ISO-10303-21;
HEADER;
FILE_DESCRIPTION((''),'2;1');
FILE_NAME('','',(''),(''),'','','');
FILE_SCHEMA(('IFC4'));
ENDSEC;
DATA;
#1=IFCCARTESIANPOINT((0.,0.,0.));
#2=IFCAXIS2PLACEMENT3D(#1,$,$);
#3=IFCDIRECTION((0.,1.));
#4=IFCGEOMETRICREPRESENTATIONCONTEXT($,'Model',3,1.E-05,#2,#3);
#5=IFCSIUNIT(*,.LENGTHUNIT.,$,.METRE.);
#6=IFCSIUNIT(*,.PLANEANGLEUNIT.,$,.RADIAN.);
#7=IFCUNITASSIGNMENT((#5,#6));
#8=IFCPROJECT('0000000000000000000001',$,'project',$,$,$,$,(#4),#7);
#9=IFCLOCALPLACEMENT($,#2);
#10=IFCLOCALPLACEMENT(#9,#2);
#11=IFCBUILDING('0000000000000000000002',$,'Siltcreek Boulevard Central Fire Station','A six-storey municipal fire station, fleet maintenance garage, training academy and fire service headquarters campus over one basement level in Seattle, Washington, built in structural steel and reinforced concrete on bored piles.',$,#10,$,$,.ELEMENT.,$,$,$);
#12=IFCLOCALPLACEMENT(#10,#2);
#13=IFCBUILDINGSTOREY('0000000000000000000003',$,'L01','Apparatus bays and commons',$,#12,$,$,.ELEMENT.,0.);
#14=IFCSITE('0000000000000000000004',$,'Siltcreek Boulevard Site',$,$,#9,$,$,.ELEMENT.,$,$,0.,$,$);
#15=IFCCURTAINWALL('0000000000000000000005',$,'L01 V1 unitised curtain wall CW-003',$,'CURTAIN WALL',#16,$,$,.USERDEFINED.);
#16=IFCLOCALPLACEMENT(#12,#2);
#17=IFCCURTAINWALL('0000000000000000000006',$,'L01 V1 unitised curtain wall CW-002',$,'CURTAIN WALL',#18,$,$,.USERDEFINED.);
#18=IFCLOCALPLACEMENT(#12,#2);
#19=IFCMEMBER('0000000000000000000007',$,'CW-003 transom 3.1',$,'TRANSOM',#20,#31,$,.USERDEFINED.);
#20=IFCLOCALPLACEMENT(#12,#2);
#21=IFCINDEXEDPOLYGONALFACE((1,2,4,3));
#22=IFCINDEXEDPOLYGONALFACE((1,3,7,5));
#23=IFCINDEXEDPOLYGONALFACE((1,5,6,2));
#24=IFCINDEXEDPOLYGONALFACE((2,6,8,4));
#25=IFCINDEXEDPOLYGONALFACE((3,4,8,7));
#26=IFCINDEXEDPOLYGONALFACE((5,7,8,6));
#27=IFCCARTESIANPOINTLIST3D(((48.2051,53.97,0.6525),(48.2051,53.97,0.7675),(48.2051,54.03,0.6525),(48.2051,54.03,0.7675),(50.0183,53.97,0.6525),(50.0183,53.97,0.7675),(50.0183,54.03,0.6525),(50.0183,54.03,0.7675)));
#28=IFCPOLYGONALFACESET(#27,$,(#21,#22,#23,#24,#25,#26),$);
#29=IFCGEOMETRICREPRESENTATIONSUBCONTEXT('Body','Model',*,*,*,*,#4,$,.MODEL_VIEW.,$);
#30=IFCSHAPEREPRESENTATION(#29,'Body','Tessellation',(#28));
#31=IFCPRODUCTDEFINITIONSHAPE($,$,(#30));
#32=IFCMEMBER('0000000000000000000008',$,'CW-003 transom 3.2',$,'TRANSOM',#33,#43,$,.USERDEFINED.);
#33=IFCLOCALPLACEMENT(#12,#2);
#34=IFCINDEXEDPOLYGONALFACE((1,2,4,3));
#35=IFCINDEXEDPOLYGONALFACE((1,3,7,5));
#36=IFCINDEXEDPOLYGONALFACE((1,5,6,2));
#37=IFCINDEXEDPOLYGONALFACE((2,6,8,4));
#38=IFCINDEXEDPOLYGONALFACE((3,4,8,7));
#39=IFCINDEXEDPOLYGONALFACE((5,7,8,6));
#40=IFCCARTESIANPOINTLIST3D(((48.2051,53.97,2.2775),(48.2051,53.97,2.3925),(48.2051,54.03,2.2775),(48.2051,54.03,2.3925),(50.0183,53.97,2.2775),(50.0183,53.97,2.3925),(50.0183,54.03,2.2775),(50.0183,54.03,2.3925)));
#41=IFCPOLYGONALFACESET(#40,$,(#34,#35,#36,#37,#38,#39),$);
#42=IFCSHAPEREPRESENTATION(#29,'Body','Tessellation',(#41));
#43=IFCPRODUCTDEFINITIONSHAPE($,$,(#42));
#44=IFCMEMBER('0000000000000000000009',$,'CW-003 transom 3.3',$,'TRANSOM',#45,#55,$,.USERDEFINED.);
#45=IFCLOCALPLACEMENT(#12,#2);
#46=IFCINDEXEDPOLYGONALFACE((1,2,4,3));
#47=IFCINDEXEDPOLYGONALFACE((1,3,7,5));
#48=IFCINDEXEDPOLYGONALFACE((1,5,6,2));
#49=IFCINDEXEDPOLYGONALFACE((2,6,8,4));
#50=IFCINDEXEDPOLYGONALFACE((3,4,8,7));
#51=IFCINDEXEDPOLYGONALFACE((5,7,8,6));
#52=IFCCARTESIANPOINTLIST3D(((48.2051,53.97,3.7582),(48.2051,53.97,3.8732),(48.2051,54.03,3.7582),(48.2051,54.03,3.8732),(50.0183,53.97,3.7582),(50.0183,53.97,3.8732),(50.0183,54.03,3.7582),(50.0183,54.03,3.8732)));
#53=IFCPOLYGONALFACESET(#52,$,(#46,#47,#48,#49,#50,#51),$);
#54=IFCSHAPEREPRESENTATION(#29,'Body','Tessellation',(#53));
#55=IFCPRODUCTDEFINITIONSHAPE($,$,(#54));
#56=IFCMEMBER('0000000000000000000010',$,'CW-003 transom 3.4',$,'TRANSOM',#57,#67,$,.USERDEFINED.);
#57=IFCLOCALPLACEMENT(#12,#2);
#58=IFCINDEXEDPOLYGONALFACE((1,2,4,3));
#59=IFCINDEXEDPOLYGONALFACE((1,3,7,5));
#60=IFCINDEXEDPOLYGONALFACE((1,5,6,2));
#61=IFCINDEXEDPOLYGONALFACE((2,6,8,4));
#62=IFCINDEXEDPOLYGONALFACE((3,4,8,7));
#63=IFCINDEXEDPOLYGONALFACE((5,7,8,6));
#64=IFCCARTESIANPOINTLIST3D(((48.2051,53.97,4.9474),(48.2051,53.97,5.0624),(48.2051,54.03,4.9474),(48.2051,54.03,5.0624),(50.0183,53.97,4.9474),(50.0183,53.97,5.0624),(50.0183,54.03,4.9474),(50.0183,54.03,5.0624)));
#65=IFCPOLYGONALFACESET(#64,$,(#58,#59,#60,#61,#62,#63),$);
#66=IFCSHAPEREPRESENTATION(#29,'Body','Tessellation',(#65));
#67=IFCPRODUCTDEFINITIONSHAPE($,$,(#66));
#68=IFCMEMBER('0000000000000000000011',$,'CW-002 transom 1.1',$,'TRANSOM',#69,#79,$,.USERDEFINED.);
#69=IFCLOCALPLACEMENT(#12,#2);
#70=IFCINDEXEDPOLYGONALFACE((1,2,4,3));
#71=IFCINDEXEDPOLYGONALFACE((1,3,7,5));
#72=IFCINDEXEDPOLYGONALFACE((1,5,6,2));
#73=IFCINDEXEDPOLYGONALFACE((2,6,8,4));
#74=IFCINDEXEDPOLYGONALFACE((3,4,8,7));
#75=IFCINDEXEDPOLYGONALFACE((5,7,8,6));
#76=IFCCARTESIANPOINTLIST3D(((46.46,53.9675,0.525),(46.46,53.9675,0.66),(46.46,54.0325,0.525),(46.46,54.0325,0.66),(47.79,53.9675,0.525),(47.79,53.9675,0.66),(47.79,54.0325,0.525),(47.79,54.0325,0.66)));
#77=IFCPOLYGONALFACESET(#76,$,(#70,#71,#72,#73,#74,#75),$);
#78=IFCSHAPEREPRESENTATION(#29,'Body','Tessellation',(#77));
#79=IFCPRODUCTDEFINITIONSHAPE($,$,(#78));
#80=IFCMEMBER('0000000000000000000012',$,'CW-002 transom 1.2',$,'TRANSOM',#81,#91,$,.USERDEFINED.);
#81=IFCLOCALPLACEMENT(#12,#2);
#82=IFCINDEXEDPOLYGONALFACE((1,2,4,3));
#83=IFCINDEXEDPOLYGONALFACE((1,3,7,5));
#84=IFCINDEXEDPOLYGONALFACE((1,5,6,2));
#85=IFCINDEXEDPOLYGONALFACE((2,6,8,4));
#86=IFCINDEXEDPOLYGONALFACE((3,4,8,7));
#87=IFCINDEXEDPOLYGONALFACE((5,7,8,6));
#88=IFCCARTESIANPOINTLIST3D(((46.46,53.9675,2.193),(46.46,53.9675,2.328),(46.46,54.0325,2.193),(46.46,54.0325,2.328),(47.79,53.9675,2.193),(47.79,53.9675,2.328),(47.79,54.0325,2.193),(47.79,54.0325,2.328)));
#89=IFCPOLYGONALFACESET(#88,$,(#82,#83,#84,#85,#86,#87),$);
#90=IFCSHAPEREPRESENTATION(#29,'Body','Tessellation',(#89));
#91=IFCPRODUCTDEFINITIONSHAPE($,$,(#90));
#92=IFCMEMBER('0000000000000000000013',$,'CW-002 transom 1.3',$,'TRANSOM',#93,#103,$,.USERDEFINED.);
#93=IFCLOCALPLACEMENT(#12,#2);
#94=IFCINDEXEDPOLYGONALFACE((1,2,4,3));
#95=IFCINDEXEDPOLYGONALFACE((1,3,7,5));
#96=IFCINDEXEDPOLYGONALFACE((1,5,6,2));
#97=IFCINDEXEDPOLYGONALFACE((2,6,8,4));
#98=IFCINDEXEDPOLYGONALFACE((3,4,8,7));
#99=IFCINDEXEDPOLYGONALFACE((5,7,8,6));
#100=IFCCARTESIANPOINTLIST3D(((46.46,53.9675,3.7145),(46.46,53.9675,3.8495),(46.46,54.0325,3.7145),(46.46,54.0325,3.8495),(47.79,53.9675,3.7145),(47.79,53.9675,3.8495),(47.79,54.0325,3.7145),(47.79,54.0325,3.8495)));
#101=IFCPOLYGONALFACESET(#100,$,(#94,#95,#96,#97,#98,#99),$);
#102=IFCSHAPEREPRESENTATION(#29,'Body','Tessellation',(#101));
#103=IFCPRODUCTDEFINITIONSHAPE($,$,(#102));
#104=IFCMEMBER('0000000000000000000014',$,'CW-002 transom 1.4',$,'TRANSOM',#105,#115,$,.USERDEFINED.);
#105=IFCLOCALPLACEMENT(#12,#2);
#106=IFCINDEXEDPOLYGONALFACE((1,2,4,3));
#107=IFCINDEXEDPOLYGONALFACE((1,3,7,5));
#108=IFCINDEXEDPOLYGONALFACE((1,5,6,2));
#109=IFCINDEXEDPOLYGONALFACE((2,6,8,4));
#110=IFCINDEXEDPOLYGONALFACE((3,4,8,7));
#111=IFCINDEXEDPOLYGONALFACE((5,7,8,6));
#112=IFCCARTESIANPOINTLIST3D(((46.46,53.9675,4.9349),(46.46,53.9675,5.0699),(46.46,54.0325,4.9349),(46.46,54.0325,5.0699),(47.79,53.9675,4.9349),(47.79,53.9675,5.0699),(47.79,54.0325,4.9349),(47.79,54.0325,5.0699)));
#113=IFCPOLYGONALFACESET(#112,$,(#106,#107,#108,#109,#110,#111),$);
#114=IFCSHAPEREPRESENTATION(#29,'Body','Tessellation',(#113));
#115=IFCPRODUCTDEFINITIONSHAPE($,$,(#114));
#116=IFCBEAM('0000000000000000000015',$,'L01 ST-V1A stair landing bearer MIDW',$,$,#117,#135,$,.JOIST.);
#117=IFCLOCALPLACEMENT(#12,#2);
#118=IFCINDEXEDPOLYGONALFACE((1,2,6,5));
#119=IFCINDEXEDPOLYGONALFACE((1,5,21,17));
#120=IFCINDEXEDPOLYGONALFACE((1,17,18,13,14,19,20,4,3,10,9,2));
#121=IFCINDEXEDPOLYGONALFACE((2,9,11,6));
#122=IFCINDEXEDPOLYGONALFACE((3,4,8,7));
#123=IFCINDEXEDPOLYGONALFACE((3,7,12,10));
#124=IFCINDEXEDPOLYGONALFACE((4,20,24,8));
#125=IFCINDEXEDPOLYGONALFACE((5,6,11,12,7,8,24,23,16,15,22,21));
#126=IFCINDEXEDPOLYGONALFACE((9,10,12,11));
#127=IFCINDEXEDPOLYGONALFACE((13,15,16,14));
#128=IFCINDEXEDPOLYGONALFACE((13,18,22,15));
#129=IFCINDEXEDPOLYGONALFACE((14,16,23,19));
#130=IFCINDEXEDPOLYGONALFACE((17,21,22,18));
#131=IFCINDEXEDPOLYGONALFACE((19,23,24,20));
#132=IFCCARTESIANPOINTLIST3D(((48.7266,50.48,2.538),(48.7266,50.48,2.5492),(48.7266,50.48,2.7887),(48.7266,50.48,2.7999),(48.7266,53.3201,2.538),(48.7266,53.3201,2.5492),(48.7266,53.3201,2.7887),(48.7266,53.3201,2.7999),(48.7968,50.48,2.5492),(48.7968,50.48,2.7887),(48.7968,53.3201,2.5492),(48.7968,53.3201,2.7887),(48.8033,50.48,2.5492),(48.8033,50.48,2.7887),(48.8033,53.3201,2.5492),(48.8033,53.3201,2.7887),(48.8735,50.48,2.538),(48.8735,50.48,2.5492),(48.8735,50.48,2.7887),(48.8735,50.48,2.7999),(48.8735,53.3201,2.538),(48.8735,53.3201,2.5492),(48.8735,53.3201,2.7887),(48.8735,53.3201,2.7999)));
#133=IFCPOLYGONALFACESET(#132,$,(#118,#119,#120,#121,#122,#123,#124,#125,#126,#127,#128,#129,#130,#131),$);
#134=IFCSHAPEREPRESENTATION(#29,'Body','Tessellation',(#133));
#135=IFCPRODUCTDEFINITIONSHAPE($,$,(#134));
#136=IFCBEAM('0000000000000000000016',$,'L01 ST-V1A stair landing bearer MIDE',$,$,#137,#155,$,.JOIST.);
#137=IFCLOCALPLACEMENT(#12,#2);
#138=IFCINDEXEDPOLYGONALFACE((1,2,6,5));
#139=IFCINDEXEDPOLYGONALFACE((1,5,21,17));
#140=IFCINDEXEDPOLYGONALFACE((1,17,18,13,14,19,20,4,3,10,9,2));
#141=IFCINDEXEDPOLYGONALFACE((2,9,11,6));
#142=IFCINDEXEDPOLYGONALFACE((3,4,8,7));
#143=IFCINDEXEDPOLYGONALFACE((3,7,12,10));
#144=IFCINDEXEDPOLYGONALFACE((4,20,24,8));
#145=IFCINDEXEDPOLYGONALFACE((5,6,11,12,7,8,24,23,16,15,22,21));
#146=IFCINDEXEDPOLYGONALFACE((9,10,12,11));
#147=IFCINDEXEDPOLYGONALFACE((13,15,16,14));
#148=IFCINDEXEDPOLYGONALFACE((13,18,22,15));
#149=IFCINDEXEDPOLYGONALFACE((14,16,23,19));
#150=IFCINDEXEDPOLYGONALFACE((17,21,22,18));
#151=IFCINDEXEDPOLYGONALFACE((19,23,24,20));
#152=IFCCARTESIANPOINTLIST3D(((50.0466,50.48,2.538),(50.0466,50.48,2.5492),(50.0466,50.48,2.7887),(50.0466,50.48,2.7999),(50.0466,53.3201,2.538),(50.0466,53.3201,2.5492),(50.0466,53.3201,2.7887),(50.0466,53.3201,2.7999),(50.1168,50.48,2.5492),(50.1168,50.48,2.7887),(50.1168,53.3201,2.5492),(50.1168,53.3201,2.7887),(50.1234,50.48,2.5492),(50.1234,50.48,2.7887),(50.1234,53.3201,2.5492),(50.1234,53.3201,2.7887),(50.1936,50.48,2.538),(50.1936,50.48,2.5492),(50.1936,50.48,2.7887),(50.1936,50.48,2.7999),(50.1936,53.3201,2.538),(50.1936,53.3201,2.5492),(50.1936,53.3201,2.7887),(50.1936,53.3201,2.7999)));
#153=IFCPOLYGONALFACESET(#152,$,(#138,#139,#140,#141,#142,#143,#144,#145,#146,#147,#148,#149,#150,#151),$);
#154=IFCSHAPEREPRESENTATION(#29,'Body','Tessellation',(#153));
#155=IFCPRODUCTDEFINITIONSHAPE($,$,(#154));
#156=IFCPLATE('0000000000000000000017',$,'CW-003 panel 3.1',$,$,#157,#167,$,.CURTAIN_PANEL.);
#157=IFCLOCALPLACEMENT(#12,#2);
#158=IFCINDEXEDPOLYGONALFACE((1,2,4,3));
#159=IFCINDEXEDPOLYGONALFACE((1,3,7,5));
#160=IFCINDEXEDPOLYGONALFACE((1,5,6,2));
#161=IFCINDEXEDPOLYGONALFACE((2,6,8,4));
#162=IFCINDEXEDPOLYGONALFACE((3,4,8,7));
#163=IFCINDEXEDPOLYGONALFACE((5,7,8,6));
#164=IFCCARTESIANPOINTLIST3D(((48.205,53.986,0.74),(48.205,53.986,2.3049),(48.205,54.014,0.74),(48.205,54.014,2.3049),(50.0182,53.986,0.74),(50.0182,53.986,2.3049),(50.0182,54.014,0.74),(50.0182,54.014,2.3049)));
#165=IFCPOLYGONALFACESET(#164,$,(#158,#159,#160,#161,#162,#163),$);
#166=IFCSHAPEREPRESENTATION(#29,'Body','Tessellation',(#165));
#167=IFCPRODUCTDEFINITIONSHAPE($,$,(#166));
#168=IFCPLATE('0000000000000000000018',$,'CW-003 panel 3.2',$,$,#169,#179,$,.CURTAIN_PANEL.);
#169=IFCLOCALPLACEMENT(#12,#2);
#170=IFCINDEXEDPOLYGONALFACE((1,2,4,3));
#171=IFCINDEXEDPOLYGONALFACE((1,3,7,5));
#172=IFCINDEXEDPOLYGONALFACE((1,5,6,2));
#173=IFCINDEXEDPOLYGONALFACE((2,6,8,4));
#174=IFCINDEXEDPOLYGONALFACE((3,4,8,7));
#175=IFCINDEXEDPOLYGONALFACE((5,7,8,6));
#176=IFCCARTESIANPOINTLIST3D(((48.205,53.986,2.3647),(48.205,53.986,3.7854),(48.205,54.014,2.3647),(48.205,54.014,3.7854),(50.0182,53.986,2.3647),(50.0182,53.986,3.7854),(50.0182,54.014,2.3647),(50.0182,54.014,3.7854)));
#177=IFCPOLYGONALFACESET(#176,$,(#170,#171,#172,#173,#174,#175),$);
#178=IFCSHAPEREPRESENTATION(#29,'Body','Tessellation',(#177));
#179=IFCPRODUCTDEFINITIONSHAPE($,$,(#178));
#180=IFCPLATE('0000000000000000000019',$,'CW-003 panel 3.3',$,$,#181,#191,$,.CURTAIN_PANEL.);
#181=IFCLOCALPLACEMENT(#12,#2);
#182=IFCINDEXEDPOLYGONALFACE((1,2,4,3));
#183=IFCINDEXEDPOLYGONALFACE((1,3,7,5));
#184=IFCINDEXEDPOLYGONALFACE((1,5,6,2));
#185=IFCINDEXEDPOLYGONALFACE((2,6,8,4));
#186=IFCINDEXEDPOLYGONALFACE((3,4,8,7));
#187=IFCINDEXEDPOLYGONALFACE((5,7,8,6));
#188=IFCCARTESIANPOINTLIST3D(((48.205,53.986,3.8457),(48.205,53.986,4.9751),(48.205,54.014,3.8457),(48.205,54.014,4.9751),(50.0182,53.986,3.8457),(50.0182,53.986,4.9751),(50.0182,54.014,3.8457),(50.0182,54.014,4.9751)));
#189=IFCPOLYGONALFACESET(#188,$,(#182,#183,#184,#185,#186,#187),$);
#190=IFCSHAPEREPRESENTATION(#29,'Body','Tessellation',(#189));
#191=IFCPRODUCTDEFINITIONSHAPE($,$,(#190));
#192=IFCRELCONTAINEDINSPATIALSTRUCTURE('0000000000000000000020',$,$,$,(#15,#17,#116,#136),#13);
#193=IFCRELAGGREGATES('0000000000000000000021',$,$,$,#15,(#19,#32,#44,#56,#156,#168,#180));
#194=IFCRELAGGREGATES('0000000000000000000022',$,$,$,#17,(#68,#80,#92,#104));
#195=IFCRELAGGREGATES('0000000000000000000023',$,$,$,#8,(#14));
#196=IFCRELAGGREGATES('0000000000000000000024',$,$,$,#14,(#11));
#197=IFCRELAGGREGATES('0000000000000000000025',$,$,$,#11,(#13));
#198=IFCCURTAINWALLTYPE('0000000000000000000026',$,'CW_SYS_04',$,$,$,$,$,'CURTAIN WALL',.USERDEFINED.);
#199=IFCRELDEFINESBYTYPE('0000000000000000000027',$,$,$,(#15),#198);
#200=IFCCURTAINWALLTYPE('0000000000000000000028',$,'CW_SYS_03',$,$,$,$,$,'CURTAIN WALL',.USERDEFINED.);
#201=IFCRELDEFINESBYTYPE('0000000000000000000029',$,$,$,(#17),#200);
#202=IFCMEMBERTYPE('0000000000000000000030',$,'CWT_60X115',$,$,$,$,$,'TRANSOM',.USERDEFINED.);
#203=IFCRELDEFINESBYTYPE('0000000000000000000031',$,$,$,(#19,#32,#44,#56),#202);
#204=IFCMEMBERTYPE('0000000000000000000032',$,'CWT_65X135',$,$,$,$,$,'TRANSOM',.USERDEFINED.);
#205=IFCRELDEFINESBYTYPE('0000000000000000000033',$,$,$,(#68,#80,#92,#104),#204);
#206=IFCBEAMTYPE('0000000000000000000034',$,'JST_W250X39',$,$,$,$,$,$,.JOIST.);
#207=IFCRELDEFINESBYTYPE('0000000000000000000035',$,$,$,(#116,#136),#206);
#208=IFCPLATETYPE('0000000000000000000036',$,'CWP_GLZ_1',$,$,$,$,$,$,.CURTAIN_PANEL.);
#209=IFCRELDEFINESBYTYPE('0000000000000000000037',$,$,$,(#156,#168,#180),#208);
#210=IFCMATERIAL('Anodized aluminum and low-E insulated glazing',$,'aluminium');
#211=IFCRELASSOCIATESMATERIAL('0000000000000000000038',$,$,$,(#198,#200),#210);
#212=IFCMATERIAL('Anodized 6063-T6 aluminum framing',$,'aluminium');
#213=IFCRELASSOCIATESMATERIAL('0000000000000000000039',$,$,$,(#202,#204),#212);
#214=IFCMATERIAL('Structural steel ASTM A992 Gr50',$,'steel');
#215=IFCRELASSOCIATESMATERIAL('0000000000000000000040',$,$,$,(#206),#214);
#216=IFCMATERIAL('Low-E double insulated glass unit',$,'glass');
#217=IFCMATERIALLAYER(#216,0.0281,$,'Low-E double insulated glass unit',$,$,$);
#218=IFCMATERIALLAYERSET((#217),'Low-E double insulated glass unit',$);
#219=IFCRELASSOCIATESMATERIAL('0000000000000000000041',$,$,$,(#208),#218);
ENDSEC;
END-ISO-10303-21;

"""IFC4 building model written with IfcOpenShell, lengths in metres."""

from ifc_helpers import new_model, si_unit, direction, frame, origin, origin_2d, place, context, subcontext, project, spatial, rectangle, i_section, extrude, material, layer, layer_set, material_profile, profile_set, type_object, element, aggregate, save


model = new_model("IFC4")

# Units and contexts
model_context = context("Model", 3, precision=1e-05, world=origin(), true_north=direction((0.0, 1.0)))
body_context = subcontext(model_context, "Body", "Model", "MODEL_VIEW")
ifc_project = project(units=[si_unit("LENGTHUNIT", "METRE"), si_unit("PLANEANGLEUNIT", "RADIAN")], contexts=[model_context])

# Site, building, storey
site_placement = place(None, origin())
site = spatial("IfcSite", under=ifc_project, at=site_placement, Name="Siltcreek Boulevard Site", CompositionType="ELEMENT", RefElevation=0.0)
building_placement = place(site_placement, origin())
building = spatial("IfcBuilding", under=site, at=building_placement, Name="Siltcreek Boulevard Central Fire Station", Description="A six-storey municipal fire station, fleet maintenance garage, training academy and fire service headquarters campus over one basement level in Seattle, Washington, built in structural steel and reinforced concrete on bored piles.", CompositionType="ELEMENT")
storey_placement = place(building_placement, origin())
storey = spatial("IfcBuildingStorey", under=building, at=storey_placement, Name="L01", Description="Apparatus bays and commons", CompositionType="ELEMENT", Elevation=0.0)

# Shared definitions
ifc_material_1 = material(Name="Structural steel ASTM A992 Gr50", Category="steel")

# Curtain wall
ifc_material_2 = material(Name="Anodized aluminum and low-E insulated glazing", Category="aluminium")
curtain_wall_type_1 = type_object("IfcCurtainWallType", Name="CW_SYS_04", ElementType="CURTAIN WALL", PredefinedType="USERDEFINED", material=ifc_material_2)
curtain_wall_1_placement = place(storey_placement, origin())
curtain_wall_1 = element("IfcCurtainWall", 1, at=curtain_wall_1_placement, inside=storey, type_object=curtain_wall_type_1, Name="L01 V1 unitised curtain wall CW-003", ObjectType="CURTAIN WALL", PredefinedType="USERDEFINED")
ifc_material_3 = material(Name="Anodized 6063-T6 aluminum framing", Category="aluminium")

# Curtain wall
curtain_wall_type_2 = type_object("IfcCurtainWallType", Name="CW_SYS_03", ElementType="CURTAIN WALL", PredefinedType="USERDEFINED", material=ifc_material_2)
curtain_wall_2_placement = place(storey_placement, origin())
curtain_wall_2 = element("IfcCurtainWall", 2, at=curtain_wall_2_placement, inside=storey, type_object=curtain_wall_type_2, Name="L01 V1 unitised curtain wall CW-002", ObjectType="CURTAIN WALL", PredefinedType="USERDEFINED")

# Members
ifc_material_profile_1 = material_profile(ifc_material_3, rectangle(XDim=0.0601, YDim=0.115, at=origin_2d()), Name="TRAN60X115")
ifc_profile_set_1 = profile_set([ifc_material_profile_1], Name="Anodized 6063-T6 aluminum framing")
member_type_1 = type_object("IfcMemberType", Name="CWT_60X115", ElementType="TRANSOM", PredefinedType="USERDEFINED", material=ifc_profile_set_1)
member_1_placement = place(storey_placement, frame((50.0183, 54.0, 0.71), z_axis=(-1.0, 0.0, 0.0), x_axis=(0.0, -1.0, 0.0)))
member_1 = element("IfcMember", 3, at=member_1_placement, type_object=member_type_1, Name="CW-003 transom 3.1", ObjectType="TRANSOM", PredefinedType="USERDEFINED", context=body_context, shape_type="SweptSolid", body=[
    extrude(rectangle(XDim=0.0601, YDim=0.115, at=origin_2d()), origin(), (0.0, 0.0, 1.0), 1.8132),
])
member_2_placement = place(storey_placement, frame((50.0183, 54.0, 2.335), z_axis=(-1.0, 0.0, 0.0), x_axis=(0.0, -1.0, 0.0)))
member_2 = element("IfcMember", 4, at=member_2_placement, type_object=member_type_1, Name="CW-003 transom 3.2", ObjectType="TRANSOM", PredefinedType="USERDEFINED", context=body_context, shape_type="SweptSolid", body=[
    extrude(rectangle(XDim=0.0601, YDim=0.115, at=origin_2d()), origin(), (0.0, 0.0, 1.0), 1.8132),
])
member_3_placement = place(storey_placement, frame((50.0183, 54.0, 3.8157), z_axis=(-1.0, 0.0, 0.0), x_axis=(0.0, -1.0, 0.0)))
member_3 = element("IfcMember", 5, at=member_3_placement, type_object=member_type_1, Name="CW-003 transom 3.3", ObjectType="TRANSOM", PredefinedType="USERDEFINED", context=body_context, shape_type="SweptSolid", body=[
    extrude(rectangle(XDim=0.0601, YDim=0.115, at=origin_2d()), origin(), (0.0, 0.0, 1.0), 1.8132),
])
member_4_placement = place(storey_placement, frame((50.0183, 54.0, 5.0049), z_axis=(-1.0, 0.0, 0.0), x_axis=(0.0, -1.0, 0.0)))
member_4 = element("IfcMember", 6, at=member_4_placement, type_object=member_type_1, Name="CW-003 transom 3.4", ObjectType="TRANSOM", PredefinedType="USERDEFINED", context=body_context, shape_type="SweptSolid", body=[
    extrude(rectangle(XDim=0.0601, YDim=0.115, at=origin_2d()), origin(), (0.0, 0.0, 1.0), 1.8132),
])
ifc_material_profile_2 = material_profile(ifc_material_3, rectangle(XDim=0.0649, YDim=0.135, at=origin_2d()), Name="TRAN65X135")
ifc_profile_set_2 = profile_set([ifc_material_profile_2], Name="Anodized 6063-T6 aluminum framing")
member_type_2 = type_object("IfcMemberType", Name="CWT_65X135", ElementType="TRANSOM", PredefinedType="USERDEFINED", material=ifc_profile_set_2)
member_5_placement = place(storey_placement, frame((47.79, 54.0, 0.5925), z_axis=(-1.0, 0.0, 0.0), x_axis=(0.0, -1.0, 0.0)))
member_5 = element("IfcMember", 7, at=member_5_placement, type_object=member_type_2, Name="CW-002 transom 1.1", ObjectType="TRANSOM", PredefinedType="USERDEFINED", context=body_context, shape_type="SweptSolid", body=[
    extrude(rectangle(XDim=0.0649, YDim=0.135, at=origin_2d()), origin(), (0.0, 0.0, 1.0), 1.3301),
])
member_6_placement = place(storey_placement, frame((47.79, 54.0, 2.2605), z_axis=(-1.0, 0.0, 0.0), x_axis=(0.0, -1.0, 0.0)))
member_6 = element("IfcMember", 8, at=member_6_placement, type_object=member_type_2, Name="CW-002 transom 1.2", ObjectType="TRANSOM", PredefinedType="USERDEFINED", context=body_context, shape_type="SweptSolid", body=[
    extrude(rectangle(XDim=0.0649, YDim=0.135, at=origin_2d()), origin(), (0.0, 0.0, 1.0), 1.3301),
])
member_7_placement = place(storey_placement, frame((47.79, 54.0, 3.782), z_axis=(-1.0, 0.0, 0.0), x_axis=(0.0, -1.0, 0.0)))
member_7 = element("IfcMember", 9, at=member_7_placement, type_object=member_type_2, Name="CW-002 transom 1.3", ObjectType="TRANSOM", PredefinedType="USERDEFINED", context=body_context, shape_type="SweptSolid", body=[
    extrude(rectangle(XDim=0.0649, YDim=0.135, at=origin_2d()), origin(), (0.0, 0.0, 1.0), 1.3301),
])
member_8_placement = place(storey_placement, frame((47.79, 54.0, 5.0024), z_axis=(-1.0, 0.0, 0.0), x_axis=(0.0, -1.0, 0.0)))
member_8 = element("IfcMember", 10, at=member_8_placement, type_object=member_type_2, Name="CW-002 transom 1.4", ObjectType="TRANSOM", PredefinedType="USERDEFINED", context=body_context, shape_type="SweptSolid", body=[
    extrude(rectangle(XDim=0.0649, YDim=0.135, at=origin_2d()), origin(), (0.0, 0.0, 1.0), 1.3301),
])

# Beams
ifc_material_profile_3 = material_profile(ifc_material_1, i_section(OverallWidth=0.147, OverallDepth=0.262, WebThickness=0.0066, FlangeThickness=0.0112, at=origin_2d()), Name="W250X39")
ifc_profile_set_3 = profile_set([ifc_material_profile_3], Name="Structural steel ASTM A992 Gr50")
beam_type = type_object("IfcBeamType", Name="JST_W250X39", PredefinedType="JOIST", material=ifc_profile_set_3)
for number, where, z_axis, x_axis, name in (
    (11, (48.8, 50.48, 2.6689), (0.0, 1.0, 0.0), (-1.0, 0.0, 0.0), "L01 ST-V1A stair landing bearer MIDW"),
    (12, (50.1201, 50.48, 2.6689), (0.0, 1.0, 0.0), (-1.0, 0.0, 0.0), "L01 ST-V1A stair landing bearer MIDE"),
):
    element("IfcBeam", number, at=place(storey_placement, frame(where, z_axis=z_axis, x_axis=x_axis)), inside=storey, type_object=beam_type, Name=name, PredefinedType="JOIST", context=body_context, shape_type="SweptSolid", body=[
        extrude(i_section(OverallWidth=0.147, OverallDepth=0.262, WebThickness=0.0066, FlangeThickness=0.0112, at=origin_2d()), origin(), (0.0, 0.0, 1.0), 2.8401),
    ])

# Plates
ifc_material_4 = material(Name="Low-E double insulated glass unit", Category="glass")
ifc_layer_1 = layer(ifc_material_4, 0.0281, Name="Low-E double insulated glass unit")
ifc_layer_set_1 = layer_set([ifc_layer_1], Name="Low-E double insulated glass unit")
plate_type_1 = type_object("IfcPlateType", Name="CWP_GLZ_1", PredefinedType="CURTAIN_PANEL", material=ifc_layer_set_1)
plate_1_placement = place(storey_placement, frame((49.1116, 54.0, 0.74), z_axis=(0.0, 0.0, 1.0), x_axis=(-1.0, 0.0, 0.0)))
plate_1 = element("IfcPlate", 13, at=plate_1_placement, type_object=plate_type_1, Name="CW-003 panel 3.1", PredefinedType="CURTAIN_PANEL", context=body_context, shape_type="SweptSolid", body=[
    extrude(rectangle(XDim=1.8132, YDim=0.0281, at=origin_2d()), origin(), (0.0, 0.0, 1.0), 1.5649),
])
plate_2_placement = place(storey_placement, frame((49.1116, 54.0, 2.3647), z_axis=(0.0, 0.0, 1.0), x_axis=(-1.0, 0.0, 0.0)))
plate_2 = element("IfcPlate", 14, at=plate_2_placement, type_object=plate_type_1, Name="CW-003 panel 3.2", PredefinedType="CURTAIN_PANEL", context=body_context, shape_type="SweptSolid", body=[
    extrude(rectangle(XDim=1.8132, YDim=0.0281, at=origin_2d()), origin(), (0.0, 0.0, 1.0), 1.4207),
])
plate_3_placement = place(storey_placement, frame((49.1116, 54.0, 3.8457), z_axis=(0.0, 0.0, 1.0), x_axis=(-1.0, 0.0, 0.0)))
plate_3 = element("IfcPlate", 15, at=plate_3_placement, type_object=plate_type_1, Name="CW-003 panel 3.3", PredefinedType="CURTAIN_PANEL", context=body_context, shape_type="SweptSolid", body=[
    extrude(rectangle(XDim=1.8132, YDim=0.0281, at=origin_2d()), origin(), (0.0, 0.0, 1.0), 1.1294),
])
aggregate(curtain_wall_1, [member_1, member_2, member_3, member_4, plate_1, plate_2, plate_3])
aggregate(curtain_wall_2, [member_5, member_6, member_7, member_8])

save(model, "model.ifc")
